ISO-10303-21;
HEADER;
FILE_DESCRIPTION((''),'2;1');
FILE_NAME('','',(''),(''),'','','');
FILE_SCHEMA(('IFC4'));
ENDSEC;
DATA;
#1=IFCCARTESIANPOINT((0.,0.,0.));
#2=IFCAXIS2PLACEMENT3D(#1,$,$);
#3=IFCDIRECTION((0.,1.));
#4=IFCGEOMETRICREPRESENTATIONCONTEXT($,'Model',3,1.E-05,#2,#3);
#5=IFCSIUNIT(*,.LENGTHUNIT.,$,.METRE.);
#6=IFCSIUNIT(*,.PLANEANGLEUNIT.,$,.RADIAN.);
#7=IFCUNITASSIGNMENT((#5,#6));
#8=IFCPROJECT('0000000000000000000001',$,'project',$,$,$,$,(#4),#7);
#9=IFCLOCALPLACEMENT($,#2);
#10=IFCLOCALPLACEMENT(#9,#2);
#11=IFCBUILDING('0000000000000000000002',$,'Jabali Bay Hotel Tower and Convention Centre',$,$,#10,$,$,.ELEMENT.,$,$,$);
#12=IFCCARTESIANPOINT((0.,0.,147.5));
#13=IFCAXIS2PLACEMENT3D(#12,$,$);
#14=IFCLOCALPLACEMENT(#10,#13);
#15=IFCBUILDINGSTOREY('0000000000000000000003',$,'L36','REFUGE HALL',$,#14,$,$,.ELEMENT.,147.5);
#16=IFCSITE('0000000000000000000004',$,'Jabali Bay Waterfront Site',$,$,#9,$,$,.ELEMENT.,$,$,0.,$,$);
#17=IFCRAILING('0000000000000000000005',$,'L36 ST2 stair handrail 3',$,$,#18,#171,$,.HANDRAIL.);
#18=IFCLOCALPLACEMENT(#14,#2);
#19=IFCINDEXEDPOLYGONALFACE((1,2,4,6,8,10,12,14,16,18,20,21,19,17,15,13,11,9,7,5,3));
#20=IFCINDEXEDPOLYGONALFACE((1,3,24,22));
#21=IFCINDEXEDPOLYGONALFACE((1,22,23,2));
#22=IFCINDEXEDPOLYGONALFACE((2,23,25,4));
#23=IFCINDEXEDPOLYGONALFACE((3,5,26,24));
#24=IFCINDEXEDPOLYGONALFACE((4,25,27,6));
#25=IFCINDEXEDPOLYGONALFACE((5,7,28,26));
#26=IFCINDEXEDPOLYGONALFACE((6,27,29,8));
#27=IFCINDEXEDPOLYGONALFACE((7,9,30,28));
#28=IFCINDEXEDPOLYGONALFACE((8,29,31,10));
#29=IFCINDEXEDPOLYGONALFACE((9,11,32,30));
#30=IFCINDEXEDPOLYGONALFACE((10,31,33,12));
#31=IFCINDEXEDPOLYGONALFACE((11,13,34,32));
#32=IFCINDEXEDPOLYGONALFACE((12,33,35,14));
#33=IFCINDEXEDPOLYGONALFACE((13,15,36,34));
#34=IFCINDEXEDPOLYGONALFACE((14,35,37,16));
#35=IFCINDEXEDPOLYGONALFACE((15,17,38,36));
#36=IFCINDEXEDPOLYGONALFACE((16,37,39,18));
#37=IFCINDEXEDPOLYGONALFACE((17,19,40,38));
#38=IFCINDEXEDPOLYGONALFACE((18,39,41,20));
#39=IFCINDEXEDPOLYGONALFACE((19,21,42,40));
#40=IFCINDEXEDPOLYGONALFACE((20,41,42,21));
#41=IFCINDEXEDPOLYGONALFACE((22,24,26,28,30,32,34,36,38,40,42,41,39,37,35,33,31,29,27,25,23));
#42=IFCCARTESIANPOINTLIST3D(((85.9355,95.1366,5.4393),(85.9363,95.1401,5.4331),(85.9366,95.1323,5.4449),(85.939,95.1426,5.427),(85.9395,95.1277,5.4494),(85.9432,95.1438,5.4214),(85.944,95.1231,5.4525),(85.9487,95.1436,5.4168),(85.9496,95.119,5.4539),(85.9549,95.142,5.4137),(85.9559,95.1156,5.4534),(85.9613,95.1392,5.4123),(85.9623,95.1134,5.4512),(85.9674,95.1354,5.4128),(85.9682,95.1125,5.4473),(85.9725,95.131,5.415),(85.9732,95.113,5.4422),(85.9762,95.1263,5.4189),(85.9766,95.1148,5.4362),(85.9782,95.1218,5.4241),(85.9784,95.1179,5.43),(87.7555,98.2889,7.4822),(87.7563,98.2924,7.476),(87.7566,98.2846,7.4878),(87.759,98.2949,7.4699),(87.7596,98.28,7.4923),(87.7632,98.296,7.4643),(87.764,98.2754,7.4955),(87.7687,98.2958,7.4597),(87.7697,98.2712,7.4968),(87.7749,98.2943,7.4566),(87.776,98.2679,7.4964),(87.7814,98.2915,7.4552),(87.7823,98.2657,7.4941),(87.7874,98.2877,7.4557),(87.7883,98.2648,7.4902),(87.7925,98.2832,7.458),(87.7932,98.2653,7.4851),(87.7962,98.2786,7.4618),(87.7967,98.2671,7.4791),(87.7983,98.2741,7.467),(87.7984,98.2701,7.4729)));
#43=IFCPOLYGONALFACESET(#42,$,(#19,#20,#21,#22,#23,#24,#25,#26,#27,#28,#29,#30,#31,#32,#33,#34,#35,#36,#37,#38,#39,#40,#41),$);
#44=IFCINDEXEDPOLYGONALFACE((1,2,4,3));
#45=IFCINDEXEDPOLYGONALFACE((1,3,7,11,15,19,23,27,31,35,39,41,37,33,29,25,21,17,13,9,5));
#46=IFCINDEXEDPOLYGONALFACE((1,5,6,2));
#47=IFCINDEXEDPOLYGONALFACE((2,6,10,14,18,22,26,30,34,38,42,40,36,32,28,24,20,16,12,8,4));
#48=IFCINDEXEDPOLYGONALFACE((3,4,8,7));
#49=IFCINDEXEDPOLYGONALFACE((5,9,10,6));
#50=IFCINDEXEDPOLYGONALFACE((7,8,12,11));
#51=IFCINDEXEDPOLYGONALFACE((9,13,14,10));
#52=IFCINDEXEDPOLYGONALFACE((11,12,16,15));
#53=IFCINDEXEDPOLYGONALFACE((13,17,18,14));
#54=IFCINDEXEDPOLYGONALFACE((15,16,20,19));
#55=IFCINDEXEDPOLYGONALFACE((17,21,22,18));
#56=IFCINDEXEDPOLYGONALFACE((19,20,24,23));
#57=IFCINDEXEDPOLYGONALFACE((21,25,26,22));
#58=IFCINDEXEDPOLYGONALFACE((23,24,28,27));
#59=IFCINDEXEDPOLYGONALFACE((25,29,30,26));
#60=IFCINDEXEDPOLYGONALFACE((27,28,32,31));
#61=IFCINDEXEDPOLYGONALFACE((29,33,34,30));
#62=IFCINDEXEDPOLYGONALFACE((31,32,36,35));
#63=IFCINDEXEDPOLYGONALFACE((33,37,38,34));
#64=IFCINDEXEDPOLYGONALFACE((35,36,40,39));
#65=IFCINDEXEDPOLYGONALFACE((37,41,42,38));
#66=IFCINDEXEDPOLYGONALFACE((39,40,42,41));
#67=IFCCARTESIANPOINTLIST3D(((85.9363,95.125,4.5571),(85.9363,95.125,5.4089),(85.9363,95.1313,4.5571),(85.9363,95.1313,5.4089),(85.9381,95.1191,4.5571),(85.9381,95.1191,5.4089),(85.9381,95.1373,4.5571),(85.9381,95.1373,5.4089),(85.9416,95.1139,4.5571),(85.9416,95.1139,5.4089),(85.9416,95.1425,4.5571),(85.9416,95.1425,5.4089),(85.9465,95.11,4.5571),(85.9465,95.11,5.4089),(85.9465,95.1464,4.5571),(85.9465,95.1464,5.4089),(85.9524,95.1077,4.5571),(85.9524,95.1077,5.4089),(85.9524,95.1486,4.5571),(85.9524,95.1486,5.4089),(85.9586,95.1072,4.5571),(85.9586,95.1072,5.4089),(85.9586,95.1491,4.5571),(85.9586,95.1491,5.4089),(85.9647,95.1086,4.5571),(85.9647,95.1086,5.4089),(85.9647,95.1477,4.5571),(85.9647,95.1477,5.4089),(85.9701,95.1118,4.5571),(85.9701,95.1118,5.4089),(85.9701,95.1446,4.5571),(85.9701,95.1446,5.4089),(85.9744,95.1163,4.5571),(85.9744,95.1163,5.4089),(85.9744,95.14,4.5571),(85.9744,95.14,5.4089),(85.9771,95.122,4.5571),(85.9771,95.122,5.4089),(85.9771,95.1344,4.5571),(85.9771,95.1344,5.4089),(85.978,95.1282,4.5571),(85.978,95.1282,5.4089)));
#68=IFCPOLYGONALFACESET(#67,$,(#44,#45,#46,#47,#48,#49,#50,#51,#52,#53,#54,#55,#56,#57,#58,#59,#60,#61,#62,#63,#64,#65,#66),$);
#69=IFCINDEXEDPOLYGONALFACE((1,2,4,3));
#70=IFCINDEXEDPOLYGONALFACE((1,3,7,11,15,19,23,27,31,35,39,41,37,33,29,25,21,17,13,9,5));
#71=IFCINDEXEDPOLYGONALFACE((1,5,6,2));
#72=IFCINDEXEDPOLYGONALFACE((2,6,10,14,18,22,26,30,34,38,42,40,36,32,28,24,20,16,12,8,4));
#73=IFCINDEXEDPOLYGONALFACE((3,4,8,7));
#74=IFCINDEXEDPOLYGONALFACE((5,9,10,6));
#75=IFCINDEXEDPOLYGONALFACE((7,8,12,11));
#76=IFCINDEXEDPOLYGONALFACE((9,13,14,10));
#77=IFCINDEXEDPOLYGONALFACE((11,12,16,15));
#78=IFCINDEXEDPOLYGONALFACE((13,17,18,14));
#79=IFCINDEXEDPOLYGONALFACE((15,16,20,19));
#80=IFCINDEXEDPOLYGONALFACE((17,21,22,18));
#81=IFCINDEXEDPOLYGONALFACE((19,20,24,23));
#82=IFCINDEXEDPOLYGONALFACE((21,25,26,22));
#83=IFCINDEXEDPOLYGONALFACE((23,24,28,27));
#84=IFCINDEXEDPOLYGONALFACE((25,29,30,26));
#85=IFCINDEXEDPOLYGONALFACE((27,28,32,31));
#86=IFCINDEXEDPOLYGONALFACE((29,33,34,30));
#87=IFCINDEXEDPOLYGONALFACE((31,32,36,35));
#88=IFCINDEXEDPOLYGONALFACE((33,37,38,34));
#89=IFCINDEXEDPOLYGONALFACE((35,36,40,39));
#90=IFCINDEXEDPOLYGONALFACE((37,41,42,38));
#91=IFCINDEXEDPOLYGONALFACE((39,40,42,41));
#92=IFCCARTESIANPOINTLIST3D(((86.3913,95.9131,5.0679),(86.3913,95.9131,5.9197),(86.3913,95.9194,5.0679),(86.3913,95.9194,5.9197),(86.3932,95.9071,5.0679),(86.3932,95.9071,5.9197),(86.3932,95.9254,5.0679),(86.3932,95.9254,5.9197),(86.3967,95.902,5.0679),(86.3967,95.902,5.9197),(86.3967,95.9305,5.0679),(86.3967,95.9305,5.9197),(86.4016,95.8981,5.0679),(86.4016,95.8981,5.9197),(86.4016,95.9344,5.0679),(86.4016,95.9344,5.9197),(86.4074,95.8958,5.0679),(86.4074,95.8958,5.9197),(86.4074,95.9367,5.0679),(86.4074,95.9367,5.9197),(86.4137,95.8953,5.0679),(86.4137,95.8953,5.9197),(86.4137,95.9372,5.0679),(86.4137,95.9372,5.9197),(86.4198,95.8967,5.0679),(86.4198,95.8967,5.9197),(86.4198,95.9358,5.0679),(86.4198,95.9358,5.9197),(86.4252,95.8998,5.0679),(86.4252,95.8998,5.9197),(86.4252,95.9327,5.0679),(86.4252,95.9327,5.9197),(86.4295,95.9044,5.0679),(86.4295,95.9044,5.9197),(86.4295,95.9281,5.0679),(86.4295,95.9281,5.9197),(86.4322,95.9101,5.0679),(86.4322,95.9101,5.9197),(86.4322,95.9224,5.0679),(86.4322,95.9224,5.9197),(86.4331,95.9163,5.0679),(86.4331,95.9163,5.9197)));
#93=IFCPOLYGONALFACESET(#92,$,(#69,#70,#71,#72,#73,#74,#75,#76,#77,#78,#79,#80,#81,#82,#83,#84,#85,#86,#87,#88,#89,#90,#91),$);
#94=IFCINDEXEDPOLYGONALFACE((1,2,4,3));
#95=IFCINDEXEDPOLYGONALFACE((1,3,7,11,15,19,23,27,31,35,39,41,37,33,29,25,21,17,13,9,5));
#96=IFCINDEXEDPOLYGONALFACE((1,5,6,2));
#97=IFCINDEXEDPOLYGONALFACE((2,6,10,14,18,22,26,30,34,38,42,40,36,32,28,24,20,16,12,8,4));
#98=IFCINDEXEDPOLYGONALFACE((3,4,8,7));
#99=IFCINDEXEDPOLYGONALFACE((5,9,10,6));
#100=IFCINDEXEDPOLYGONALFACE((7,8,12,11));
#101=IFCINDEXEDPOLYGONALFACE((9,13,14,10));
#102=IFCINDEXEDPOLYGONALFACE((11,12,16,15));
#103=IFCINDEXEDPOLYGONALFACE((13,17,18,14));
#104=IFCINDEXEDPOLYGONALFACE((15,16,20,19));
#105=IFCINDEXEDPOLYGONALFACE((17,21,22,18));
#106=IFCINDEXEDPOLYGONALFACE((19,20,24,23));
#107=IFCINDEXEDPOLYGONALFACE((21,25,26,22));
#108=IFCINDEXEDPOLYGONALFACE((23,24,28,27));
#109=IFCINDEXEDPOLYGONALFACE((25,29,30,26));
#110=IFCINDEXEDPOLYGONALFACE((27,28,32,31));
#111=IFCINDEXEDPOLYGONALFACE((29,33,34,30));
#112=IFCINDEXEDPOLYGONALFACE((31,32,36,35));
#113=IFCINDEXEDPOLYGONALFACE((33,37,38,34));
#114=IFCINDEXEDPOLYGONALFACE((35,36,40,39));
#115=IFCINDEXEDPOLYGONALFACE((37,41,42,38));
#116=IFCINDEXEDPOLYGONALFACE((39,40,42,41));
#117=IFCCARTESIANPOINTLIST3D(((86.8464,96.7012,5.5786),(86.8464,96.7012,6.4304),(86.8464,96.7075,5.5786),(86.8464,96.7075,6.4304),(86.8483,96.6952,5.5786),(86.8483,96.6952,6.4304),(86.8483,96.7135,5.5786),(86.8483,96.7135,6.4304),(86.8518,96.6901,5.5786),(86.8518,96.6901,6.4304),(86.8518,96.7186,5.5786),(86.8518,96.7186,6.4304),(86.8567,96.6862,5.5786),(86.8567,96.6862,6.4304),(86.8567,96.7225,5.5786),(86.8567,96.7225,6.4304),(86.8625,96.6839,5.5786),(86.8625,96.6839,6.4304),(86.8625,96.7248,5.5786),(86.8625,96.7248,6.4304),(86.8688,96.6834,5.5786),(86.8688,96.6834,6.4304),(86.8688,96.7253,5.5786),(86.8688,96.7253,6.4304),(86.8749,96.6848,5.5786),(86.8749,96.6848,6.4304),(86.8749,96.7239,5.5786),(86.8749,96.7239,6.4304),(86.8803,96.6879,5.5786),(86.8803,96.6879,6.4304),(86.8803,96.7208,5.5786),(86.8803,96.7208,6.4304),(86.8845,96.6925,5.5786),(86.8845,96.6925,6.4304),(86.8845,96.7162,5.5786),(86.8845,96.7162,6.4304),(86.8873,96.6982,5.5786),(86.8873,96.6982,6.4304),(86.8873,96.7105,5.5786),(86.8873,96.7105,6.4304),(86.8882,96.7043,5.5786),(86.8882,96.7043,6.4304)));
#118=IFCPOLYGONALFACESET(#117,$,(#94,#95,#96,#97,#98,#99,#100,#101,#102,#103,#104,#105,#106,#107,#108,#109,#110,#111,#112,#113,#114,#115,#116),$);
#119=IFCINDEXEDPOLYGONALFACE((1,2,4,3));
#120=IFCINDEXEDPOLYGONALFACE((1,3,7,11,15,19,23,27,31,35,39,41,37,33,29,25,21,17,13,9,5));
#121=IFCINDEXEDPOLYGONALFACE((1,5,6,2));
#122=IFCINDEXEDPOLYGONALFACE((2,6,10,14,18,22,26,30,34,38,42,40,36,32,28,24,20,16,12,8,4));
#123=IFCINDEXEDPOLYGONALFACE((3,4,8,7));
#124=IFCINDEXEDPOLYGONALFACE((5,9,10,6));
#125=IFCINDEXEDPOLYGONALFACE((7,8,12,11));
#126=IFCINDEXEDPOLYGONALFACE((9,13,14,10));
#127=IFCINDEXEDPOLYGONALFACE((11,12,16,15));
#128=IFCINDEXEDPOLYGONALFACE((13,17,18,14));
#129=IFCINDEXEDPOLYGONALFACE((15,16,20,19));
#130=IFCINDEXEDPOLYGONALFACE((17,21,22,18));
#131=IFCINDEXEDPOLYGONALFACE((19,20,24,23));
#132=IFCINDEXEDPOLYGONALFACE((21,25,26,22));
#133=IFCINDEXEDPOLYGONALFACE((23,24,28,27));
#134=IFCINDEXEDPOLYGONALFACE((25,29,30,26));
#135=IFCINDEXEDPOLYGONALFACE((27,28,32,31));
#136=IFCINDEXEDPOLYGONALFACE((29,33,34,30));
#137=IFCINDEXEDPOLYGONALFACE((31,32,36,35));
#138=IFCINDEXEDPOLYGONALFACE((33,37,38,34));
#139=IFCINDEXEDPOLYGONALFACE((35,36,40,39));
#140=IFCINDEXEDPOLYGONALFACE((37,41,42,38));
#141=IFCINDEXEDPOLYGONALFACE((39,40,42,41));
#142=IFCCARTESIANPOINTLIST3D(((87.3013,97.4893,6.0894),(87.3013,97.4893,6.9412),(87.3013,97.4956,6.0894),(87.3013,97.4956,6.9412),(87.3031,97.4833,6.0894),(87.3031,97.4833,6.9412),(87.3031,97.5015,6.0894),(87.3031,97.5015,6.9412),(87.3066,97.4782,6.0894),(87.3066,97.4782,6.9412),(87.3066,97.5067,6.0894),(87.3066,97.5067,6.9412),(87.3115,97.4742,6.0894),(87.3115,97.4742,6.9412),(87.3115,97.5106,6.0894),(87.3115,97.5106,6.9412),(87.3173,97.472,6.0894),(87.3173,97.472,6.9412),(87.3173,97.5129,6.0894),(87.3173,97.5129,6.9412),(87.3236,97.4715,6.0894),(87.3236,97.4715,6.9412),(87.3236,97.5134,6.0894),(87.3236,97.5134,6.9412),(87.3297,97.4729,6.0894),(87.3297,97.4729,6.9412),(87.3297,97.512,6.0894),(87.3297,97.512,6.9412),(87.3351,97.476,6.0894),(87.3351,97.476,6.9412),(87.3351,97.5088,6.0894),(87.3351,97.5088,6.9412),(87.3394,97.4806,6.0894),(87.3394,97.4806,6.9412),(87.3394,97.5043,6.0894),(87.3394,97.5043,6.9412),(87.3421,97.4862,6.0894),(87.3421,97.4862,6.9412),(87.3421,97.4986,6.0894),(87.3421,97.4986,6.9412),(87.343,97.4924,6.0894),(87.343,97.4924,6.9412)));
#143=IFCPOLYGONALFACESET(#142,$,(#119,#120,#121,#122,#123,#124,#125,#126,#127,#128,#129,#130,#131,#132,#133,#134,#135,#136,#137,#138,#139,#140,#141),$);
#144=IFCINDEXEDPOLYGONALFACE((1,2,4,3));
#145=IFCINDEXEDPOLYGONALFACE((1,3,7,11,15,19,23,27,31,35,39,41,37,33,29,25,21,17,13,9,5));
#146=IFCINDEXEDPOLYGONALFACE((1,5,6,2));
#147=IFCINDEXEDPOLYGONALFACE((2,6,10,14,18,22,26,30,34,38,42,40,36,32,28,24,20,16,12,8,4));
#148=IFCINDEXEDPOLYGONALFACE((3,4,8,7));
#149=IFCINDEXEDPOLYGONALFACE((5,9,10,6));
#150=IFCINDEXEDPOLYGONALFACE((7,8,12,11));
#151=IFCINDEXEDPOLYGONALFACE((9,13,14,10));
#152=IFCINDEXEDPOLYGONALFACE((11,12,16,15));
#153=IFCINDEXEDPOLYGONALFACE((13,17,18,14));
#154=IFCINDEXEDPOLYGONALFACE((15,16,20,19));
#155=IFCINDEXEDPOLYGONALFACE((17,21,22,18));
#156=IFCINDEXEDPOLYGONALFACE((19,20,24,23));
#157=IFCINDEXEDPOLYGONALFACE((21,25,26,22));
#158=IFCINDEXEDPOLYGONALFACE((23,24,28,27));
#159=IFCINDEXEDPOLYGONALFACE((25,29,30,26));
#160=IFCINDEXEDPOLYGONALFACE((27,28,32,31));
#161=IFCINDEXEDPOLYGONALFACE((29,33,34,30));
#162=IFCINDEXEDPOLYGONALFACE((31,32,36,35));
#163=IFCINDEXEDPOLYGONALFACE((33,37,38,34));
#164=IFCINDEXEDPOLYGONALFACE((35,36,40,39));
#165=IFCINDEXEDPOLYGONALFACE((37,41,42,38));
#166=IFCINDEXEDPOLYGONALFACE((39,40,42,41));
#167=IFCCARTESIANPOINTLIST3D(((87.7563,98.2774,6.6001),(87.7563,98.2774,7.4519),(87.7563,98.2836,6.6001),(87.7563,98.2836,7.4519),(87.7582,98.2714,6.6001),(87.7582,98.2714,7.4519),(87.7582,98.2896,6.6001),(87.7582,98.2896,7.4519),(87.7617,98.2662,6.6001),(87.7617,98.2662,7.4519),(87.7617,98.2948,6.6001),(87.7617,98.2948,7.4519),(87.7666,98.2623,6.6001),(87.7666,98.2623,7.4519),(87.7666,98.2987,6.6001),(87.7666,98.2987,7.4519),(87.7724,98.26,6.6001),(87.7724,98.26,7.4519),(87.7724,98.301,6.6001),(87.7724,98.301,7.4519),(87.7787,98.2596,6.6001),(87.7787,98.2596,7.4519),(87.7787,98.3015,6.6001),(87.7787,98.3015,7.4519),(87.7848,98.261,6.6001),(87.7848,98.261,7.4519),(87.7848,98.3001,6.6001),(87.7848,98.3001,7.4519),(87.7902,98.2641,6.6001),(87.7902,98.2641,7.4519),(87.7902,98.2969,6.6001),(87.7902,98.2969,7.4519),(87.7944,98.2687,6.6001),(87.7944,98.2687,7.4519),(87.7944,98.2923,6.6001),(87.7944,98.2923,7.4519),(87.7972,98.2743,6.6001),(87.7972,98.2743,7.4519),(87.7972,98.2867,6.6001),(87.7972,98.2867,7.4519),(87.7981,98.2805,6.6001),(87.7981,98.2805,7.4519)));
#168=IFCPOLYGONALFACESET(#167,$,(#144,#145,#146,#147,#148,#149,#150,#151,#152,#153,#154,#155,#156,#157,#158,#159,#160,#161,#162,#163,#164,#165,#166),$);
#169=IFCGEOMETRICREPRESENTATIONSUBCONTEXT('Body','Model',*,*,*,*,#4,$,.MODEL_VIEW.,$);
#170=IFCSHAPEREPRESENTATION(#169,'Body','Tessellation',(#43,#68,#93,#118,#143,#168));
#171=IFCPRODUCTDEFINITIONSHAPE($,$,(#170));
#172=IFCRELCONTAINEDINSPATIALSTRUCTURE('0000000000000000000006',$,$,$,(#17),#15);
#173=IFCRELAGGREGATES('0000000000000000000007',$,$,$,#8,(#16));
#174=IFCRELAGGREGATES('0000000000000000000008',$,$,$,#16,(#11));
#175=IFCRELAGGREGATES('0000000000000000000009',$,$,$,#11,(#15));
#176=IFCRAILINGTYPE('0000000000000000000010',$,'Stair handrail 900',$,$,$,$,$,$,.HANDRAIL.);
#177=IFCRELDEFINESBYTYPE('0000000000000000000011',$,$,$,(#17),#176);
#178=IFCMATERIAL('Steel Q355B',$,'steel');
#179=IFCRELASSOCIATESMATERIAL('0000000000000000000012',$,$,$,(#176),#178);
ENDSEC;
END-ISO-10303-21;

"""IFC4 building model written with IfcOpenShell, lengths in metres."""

from ifc_helpers import new_model, si_unit, direction, frame, origin, origin_2d, place, context, subcontext, project, spatial, circle, extrude, material, type_object, element, save


model = new_model("IFC4")

# Units and contexts
model_context = context("Model", 3, precision=1e-05, world=origin(), true_north=direction((0.0, 1.0)))
body_context = subcontext(model_context, "Body", "Model", "MODEL_VIEW")
ifc_project = project(units=[si_unit("LENGTHUNIT", "METRE"), si_unit("PLANEANGLEUNIT", "RADIAN")], contexts=[model_context])

# Site, building, storey
site_placement = place(None, origin())
site = spatial("IfcSite", under=ifc_project, at=site_placement, Name="Jabali Bay Waterfront Site", CompositionType="ELEMENT", RefElevation=0.0)
building_placement = place(site_placement, origin())
building = spatial("IfcBuilding", under=site, at=building_placement, Name="Jabali Bay Hotel Tower and Convention Centre", CompositionType="ELEMENT")
storey_placement = place(building_placement, frame((0.0, 0.0, 147.5)))
storey = spatial("IfcBuildingStorey", under=building, at=storey_placement, Name="L36", Description="REFUGE HALL", CompositionType="ELEMENT", Elevation=147.5)

# Railing
ifc_material_1 = material(Name="Steel Q355B", Category="steel")
railing_type_1 = type_object("IfcRailingType", Name="Stair handrail 900", PredefinedType="HANDRAIL", material=ifc_material_1)
railing_1_placement = place(storey_placement, frame((85.957, 95.1282, 4.5571)))
element("IfcRailing", 1, at=railing_1_placement, inside=storey, type_object=railing_type_1, Name="L36 ST2 stair handrail 3", PredefinedType="HANDRAIL", context=body_context, shape_type="SweptSolid", body=[
    extrude(circle(Radius=0.0239, at=origin_2d()), frame((0.0, 0.0, 0.876), z_axis=(0.436032, 0.755204, 0.489432), x_axis=(-0.866018, 0.500013, 0.0)), (0.0, 0.0, 1.0), 4.1741),
    extrude(circle(Radius=0.021, at=origin_2d()), origin(), (0.0, 0.0, 1.0), 0.8518),
    extrude(circle(Radius=0.021, at=origin_2d()), frame((0.4551, 0.7881, 0.5107)), (0.0, 0.0, 1.0), 0.8518),
    extrude(circle(Radius=0.021, at=origin_2d()), frame((0.9102, 1.5762, 1.0215)), (0.0, 0.0, 1.0), 0.8518),
    extrude(circle(Radius=0.021, at=origin_2d()), frame((1.365, 2.3643, 1.5322)), (0.0, 0.0, 1.0), 0.8518),
    extrude(circle(Radius=0.021, at=origin_2d()), frame((1.8201, 3.1523, 2.043)), (0.0, 0.0, 1.0), 0.8518),
])

save(model, "model.ifc")
